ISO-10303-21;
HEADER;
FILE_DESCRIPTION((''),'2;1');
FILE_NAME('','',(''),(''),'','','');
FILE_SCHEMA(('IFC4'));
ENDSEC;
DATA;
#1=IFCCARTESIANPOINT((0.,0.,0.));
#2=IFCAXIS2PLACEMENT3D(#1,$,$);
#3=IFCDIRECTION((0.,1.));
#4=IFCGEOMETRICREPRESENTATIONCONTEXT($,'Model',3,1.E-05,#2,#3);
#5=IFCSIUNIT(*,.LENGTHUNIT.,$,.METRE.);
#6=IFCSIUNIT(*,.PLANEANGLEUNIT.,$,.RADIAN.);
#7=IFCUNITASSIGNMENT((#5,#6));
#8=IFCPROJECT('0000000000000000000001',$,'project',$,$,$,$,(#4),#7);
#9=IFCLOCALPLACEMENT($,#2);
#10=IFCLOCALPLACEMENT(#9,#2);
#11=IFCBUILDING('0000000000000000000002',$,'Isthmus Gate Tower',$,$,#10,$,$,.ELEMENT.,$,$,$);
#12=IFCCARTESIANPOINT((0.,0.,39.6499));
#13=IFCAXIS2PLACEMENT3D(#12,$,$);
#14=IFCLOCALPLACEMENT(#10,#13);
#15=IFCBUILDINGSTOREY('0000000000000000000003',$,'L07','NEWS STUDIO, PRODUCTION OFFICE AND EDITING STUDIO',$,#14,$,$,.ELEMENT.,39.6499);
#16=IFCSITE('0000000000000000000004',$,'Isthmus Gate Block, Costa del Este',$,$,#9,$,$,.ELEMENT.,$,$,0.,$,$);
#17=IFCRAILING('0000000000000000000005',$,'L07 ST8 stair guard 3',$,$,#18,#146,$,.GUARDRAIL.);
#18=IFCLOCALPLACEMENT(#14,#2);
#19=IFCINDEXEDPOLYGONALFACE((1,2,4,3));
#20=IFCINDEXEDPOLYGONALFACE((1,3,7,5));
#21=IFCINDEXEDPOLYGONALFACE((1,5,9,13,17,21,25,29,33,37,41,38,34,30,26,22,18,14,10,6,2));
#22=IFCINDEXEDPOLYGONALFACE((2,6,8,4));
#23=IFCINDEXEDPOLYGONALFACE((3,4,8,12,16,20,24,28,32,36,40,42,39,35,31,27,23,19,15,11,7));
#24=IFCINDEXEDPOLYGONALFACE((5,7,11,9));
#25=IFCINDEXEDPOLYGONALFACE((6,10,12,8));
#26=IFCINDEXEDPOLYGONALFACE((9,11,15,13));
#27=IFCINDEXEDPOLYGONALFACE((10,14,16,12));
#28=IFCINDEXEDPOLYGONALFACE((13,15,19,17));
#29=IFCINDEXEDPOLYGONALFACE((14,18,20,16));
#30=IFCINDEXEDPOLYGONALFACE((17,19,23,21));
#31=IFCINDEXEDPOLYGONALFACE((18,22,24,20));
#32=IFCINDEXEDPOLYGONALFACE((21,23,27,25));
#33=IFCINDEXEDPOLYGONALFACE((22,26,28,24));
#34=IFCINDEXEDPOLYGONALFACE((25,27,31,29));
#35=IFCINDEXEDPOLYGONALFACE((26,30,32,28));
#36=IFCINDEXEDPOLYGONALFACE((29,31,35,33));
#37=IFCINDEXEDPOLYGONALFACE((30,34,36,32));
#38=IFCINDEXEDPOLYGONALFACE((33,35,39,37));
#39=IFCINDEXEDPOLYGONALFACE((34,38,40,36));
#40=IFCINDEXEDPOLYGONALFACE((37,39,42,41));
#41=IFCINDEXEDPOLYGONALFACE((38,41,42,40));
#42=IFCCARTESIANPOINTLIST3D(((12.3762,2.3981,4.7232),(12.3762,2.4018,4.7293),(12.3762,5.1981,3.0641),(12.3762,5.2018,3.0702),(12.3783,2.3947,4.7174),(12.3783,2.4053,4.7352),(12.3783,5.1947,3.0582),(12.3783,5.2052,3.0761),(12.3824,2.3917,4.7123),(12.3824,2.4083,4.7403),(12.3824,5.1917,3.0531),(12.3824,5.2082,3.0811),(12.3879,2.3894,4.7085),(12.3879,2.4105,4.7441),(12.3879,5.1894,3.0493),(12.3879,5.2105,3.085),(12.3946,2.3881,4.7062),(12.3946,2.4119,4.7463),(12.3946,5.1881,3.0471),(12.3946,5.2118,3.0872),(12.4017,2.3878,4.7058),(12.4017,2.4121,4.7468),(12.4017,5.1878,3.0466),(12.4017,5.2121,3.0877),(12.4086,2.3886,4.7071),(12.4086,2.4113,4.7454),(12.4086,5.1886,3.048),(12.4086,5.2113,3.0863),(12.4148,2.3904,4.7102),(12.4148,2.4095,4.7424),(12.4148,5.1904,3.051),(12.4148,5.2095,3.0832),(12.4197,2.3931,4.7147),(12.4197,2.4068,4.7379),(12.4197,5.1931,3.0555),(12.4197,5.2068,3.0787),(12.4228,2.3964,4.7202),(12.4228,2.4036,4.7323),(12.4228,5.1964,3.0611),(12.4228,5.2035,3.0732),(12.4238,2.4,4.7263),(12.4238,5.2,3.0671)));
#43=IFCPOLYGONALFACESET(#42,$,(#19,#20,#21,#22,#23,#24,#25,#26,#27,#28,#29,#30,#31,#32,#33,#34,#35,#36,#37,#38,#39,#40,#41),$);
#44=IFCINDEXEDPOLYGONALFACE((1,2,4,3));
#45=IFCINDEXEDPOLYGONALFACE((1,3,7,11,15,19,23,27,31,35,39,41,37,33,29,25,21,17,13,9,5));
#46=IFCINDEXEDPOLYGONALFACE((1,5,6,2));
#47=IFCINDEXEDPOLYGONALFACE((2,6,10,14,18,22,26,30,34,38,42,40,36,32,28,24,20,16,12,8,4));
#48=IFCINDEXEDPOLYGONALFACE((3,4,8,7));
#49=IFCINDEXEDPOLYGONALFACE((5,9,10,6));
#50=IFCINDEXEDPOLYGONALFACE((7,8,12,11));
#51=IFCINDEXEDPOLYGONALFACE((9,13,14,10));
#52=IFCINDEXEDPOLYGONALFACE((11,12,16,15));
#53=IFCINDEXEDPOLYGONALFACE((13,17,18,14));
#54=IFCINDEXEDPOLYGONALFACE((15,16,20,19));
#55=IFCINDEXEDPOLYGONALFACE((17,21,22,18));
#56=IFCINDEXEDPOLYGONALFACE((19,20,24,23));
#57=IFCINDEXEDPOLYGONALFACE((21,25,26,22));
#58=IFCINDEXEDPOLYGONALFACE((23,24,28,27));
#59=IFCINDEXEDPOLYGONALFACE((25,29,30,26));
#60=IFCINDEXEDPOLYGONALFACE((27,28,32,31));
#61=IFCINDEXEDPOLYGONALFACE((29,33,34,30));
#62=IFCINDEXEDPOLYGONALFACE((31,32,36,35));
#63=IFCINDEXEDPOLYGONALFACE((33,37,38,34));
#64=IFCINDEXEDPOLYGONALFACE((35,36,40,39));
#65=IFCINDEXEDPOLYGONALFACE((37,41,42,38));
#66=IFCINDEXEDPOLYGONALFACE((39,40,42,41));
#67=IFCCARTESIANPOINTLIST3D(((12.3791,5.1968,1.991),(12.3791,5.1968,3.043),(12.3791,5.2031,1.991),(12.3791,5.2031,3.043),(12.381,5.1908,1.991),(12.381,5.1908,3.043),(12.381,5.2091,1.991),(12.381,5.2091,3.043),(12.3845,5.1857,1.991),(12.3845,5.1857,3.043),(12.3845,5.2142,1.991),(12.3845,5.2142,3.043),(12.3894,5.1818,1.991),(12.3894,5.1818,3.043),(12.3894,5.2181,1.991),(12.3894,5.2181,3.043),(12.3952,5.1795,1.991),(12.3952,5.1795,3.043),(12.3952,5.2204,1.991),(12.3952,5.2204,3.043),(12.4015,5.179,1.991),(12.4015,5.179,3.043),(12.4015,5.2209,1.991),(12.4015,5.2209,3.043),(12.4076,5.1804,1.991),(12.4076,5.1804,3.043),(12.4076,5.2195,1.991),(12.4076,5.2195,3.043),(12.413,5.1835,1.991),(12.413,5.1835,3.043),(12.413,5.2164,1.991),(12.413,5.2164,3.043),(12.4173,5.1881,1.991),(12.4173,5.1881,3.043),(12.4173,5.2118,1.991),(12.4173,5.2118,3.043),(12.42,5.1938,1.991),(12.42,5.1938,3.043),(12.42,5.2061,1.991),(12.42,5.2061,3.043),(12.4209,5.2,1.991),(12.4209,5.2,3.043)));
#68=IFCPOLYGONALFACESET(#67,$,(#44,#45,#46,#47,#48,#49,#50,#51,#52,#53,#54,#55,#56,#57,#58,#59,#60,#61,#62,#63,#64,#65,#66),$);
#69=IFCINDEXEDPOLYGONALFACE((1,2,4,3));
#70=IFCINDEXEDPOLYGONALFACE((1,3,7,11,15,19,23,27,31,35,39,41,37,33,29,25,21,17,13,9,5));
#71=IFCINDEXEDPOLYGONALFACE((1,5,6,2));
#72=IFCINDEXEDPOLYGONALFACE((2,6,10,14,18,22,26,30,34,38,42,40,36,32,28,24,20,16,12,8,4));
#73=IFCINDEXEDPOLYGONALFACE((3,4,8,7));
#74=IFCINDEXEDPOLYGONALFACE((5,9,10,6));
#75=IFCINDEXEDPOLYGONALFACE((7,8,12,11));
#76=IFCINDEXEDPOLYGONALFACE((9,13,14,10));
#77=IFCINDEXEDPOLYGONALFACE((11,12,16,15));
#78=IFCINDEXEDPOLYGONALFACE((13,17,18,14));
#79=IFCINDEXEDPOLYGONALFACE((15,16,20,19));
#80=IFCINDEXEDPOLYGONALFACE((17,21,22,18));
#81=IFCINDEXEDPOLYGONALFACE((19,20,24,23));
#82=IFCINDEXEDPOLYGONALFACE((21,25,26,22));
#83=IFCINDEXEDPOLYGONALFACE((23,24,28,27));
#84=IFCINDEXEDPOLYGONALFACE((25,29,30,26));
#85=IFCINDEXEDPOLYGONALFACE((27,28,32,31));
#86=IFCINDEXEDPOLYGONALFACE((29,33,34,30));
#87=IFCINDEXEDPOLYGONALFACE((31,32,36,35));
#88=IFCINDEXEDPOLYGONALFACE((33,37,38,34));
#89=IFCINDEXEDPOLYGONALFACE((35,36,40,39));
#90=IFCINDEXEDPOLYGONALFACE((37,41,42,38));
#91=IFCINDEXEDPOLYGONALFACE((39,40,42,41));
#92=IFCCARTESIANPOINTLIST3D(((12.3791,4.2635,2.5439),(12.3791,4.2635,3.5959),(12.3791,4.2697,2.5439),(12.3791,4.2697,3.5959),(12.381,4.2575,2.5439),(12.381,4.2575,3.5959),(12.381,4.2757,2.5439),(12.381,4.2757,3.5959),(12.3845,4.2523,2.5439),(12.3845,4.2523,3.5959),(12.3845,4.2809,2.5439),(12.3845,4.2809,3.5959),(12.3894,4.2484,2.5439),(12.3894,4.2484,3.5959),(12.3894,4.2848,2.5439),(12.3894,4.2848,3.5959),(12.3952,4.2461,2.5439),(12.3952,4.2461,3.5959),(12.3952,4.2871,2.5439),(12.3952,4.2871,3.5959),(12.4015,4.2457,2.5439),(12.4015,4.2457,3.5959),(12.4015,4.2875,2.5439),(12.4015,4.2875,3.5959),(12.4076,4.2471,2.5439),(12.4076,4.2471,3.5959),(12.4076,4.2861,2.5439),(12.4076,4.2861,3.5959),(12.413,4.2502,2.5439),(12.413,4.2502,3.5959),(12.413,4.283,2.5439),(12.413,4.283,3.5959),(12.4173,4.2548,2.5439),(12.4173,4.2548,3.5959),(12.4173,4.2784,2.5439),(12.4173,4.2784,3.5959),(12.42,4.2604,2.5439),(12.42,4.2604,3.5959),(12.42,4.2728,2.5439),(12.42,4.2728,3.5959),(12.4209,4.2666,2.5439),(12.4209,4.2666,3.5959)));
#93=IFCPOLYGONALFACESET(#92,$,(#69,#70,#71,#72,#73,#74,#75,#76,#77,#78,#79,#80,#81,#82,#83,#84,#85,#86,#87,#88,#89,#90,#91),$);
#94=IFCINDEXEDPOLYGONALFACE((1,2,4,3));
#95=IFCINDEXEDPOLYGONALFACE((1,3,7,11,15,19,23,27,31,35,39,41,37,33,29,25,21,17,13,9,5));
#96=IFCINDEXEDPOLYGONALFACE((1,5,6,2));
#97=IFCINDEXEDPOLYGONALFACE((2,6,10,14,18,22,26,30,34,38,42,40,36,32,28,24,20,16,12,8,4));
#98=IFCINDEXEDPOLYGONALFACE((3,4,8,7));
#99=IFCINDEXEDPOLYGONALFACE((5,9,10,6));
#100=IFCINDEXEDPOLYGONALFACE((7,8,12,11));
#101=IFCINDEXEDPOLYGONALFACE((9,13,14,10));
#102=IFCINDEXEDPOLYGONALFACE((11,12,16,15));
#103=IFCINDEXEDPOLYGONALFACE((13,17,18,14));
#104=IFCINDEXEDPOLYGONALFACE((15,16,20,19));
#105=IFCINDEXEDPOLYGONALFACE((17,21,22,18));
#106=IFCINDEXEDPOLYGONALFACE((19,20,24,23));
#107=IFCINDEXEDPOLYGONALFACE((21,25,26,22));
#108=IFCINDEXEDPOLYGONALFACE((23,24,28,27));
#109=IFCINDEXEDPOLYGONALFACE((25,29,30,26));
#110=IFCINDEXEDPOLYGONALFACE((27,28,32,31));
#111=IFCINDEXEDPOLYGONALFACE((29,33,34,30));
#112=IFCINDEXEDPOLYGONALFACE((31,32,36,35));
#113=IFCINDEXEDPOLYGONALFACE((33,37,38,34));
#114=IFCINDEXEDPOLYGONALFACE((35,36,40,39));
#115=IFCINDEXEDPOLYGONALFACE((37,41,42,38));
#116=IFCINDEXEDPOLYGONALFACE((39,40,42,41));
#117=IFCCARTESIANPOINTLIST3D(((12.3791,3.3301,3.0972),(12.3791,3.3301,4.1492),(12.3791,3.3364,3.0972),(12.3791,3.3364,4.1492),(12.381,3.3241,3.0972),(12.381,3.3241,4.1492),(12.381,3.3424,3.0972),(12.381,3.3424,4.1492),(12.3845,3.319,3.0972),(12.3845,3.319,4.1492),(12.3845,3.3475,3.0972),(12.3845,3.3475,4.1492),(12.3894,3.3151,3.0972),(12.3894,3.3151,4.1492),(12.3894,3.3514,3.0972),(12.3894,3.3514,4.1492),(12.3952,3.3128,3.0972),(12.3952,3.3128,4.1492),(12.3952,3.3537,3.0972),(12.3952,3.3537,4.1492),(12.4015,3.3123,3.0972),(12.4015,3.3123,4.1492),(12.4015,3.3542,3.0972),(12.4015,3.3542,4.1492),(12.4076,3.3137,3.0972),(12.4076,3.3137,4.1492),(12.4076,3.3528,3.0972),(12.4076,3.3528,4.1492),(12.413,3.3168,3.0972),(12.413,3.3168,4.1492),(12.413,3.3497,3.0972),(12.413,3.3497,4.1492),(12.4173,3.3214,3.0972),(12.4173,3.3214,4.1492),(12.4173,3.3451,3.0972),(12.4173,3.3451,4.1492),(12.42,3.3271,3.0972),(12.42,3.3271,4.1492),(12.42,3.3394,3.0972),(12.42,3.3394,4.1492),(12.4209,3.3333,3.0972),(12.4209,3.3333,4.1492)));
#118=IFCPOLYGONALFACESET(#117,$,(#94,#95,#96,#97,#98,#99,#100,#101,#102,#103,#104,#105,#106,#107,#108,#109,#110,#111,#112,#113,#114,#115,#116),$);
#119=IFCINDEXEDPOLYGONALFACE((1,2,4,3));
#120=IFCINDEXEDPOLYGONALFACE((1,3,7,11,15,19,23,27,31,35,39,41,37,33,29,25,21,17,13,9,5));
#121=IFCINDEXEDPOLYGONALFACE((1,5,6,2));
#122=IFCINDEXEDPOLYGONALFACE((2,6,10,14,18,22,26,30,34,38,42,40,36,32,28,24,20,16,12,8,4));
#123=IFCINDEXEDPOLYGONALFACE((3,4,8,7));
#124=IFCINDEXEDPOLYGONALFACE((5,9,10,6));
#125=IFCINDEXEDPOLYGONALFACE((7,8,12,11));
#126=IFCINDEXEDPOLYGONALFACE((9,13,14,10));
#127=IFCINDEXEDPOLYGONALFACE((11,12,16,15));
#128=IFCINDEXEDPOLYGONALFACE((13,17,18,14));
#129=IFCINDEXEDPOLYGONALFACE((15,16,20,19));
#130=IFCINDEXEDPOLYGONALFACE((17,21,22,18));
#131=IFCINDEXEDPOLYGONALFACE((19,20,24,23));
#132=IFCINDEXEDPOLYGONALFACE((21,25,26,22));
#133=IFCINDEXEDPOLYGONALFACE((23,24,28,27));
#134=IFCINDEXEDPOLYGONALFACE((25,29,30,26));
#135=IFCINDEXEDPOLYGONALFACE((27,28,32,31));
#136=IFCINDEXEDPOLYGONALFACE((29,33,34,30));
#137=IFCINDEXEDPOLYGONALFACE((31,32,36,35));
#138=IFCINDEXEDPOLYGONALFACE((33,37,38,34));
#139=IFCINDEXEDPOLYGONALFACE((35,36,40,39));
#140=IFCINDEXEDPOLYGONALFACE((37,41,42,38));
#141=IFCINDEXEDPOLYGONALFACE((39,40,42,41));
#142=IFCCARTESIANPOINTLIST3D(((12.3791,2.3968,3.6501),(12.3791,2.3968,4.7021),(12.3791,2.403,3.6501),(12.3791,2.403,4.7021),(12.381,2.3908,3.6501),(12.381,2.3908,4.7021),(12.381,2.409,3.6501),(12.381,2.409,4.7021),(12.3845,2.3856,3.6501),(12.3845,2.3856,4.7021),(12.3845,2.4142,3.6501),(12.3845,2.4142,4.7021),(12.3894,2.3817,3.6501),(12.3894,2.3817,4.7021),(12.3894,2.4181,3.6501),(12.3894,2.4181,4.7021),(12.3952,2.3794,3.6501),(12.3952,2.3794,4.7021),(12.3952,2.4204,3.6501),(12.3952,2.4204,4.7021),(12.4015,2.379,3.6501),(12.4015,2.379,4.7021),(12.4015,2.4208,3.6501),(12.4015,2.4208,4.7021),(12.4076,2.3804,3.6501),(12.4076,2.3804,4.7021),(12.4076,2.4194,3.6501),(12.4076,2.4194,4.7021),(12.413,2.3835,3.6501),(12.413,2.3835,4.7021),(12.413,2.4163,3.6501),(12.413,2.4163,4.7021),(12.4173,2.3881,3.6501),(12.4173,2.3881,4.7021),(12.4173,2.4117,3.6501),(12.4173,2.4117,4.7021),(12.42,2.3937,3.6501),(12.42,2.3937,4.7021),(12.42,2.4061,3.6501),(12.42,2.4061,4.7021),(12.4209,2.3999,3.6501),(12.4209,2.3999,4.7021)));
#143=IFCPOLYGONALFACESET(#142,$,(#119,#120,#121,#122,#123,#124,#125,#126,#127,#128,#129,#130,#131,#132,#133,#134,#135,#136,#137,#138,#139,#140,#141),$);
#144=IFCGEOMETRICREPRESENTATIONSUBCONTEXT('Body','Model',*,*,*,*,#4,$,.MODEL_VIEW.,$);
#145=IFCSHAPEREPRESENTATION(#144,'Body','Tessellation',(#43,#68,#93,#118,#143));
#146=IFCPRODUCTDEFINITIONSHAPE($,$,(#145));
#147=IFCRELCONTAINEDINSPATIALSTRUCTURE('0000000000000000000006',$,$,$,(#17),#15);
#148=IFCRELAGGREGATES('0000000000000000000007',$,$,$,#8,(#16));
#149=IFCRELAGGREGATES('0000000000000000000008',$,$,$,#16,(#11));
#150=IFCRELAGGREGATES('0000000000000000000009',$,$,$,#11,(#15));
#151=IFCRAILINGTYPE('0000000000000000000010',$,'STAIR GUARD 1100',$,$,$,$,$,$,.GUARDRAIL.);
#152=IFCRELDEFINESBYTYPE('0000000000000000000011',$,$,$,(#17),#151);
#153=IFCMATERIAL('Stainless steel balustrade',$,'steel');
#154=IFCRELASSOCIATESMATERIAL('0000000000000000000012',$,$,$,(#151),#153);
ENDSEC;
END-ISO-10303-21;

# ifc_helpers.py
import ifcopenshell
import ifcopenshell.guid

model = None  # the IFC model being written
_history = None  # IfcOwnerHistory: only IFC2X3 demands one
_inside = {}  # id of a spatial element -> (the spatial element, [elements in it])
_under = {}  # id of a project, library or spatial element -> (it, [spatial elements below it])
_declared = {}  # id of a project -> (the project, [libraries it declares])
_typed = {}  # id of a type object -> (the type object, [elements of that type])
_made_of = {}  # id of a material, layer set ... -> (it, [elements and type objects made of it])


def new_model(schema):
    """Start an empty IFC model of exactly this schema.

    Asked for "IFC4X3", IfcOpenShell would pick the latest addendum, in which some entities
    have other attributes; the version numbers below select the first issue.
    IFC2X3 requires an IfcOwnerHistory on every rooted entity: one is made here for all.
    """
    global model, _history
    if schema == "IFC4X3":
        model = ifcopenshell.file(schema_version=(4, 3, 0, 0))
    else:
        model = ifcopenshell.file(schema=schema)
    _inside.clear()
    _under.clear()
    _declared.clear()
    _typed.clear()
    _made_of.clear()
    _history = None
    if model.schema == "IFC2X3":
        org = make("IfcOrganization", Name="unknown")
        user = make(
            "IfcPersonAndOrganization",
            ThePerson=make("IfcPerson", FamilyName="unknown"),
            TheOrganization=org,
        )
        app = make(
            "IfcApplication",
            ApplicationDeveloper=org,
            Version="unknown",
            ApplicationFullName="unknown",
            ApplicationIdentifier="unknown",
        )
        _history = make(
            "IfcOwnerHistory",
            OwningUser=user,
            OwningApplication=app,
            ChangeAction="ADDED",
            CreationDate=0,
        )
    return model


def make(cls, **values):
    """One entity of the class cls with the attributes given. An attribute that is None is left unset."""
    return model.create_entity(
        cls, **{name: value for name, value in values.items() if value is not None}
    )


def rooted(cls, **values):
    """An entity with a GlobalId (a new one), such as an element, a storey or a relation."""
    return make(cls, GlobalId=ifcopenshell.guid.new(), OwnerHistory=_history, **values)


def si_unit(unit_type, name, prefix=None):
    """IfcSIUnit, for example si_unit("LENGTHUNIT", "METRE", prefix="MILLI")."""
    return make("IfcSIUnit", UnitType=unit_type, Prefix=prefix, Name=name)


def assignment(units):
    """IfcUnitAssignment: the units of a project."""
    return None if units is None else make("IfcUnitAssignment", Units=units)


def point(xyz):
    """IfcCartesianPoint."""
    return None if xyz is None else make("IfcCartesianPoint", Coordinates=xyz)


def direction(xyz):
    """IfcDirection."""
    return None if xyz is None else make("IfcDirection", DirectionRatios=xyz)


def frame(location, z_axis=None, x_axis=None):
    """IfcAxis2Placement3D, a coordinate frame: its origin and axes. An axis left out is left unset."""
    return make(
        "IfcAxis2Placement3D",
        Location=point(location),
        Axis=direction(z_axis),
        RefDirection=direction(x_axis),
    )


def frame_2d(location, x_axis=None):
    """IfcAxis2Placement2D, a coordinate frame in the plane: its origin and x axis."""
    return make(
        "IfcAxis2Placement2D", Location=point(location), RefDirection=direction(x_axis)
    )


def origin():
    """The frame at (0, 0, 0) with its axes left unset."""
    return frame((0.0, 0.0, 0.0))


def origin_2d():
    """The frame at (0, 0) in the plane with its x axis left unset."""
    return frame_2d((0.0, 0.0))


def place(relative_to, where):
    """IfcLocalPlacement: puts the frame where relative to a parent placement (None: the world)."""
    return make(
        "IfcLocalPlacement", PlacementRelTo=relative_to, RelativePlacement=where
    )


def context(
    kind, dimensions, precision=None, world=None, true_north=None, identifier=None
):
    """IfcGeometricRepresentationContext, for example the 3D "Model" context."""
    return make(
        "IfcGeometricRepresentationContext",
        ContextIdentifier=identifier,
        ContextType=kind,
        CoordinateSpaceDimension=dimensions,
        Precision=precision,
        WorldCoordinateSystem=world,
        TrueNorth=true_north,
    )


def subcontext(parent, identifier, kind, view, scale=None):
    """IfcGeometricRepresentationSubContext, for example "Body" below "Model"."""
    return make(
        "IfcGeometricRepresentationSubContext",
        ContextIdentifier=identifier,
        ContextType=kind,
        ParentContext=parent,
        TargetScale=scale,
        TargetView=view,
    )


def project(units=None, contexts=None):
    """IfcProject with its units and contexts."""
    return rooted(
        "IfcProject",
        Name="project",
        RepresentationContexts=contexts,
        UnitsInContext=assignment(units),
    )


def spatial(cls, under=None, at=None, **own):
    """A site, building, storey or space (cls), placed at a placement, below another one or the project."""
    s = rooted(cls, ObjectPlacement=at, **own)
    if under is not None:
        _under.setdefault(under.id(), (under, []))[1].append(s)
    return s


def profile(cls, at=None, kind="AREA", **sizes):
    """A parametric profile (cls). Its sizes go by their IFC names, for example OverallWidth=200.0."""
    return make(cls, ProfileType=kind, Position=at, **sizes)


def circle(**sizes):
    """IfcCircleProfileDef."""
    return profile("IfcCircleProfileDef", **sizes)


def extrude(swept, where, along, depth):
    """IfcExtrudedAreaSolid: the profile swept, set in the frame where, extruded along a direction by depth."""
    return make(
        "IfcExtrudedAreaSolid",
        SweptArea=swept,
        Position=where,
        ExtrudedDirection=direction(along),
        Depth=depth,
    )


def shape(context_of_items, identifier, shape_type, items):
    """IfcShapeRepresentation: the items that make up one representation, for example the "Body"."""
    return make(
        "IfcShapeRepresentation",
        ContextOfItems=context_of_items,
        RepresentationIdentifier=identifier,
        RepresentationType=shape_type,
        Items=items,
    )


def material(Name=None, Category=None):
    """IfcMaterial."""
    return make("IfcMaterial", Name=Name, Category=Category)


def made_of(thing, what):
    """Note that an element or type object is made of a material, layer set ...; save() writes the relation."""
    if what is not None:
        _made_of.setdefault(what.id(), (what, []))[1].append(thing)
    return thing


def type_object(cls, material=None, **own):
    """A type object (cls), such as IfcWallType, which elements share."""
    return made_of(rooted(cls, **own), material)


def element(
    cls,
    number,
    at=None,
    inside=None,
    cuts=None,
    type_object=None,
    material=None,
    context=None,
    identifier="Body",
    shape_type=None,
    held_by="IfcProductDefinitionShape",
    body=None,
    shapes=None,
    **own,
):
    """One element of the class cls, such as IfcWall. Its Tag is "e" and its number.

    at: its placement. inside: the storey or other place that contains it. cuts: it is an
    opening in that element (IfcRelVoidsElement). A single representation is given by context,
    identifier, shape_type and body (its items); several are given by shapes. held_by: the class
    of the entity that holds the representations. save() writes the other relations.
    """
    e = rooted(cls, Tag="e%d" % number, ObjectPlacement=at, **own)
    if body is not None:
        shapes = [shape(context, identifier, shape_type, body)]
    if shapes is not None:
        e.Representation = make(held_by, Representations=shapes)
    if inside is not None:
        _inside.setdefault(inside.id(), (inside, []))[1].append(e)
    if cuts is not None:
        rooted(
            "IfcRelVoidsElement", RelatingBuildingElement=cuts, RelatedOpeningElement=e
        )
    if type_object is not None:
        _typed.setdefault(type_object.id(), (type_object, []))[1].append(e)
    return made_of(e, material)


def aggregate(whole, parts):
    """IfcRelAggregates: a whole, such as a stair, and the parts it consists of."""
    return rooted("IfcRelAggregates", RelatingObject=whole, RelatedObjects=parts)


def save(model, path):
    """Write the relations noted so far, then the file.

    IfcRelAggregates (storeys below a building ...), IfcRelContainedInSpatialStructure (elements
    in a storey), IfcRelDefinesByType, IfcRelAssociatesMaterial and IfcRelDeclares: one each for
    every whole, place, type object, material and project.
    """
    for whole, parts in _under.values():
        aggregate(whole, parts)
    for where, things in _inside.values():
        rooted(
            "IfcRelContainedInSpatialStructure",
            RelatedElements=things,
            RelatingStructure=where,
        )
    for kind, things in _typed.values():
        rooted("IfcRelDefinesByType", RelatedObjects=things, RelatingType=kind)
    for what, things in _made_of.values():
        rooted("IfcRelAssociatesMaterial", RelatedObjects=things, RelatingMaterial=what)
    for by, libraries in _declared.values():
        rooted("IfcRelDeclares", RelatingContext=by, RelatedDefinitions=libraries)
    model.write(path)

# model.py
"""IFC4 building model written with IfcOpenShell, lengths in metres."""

from ifc_helpers import new_model, si_unit, direction, frame, origin, origin_2d, place, context, subcontext, project, spatial, circle, extrude, material, type_object, element, save


model = new_model("IFC4")

# Units and contexts
model_context = context("Model", 3, precision=1e-05, world=origin(), true_north=direction((0.0, 1.0)))
body_context = subcontext(model_context, "Body", "Model", "MODEL_VIEW")
ifc_project = project(units=[si_unit("LENGTHUNIT", "METRE"), si_unit("PLANEANGLEUNIT", "RADIAN")], contexts=[model_context])

# Site, building, storey
site_placement = place(None, origin())
site = spatial("IfcSite", under=ifc_project, at=site_placement, Name="Isthmus Gate Block, Costa del Este", CompositionType="ELEMENT", RefElevation=0.0)
building_placement = place(site_placement, origin())
building = spatial("IfcBuilding", under=site, at=building_placement, Name="Isthmus Gate Tower", CompositionType="ELEMENT")
storey_placement = place(building_placement, frame((0.0, 0.0, 39.6499)))
storey = spatial("IfcBuildingStorey", under=building, at=storey_placement, Name="L07", Description="NEWS STUDIO, PRODUCTION OFFICE AND EDITING STUDIO", CompositionType="ELEMENT", Elevation=39.6499)

# Railing
ifc_material_1 = material(Name="Stainless steel balustrade", Category="steel")
railing_type_1 = type_object("IfcRailingType", Name="STAIR GUARD 1100", PredefinedType="GUARDRAIL", material=ifc_material_1)
railing_1_placement = place(storey_placement, frame((12.3999, 5.2, 1.991)))
element("IfcRailing", 1, at=railing_1_placement, inside=storey, type_object=railing_type_1, Name="L07 ST8 stair guard 3", PredefinedType="GUARDRAIL", context=body_context, shape_type="SweptSolid", body=[
    extrude(circle(Radius=0.0239, at=origin_2d()), frame((0.0, 0.0, 1.0762), z_axis=(0.0, -0.860306, 0.509778), x_axis=(1.0, 0.0, 0.0)), (0.0, 0.0, 1.0), 3.2546),
    extrude(circle(Radius=0.021, at=origin_2d()), origin(), (0.0, 0.0, 1.0), 1.052),
    extrude(circle(Radius=0.021, at=origin_2d()), frame((0.0, -0.9333, 0.553)), (0.0, 0.0, 1.0), 1.052),
    extrude(circle(Radius=0.021, at=origin_2d()), frame((0.0, -1.8667, 1.1062)), (0.0, 0.0, 1.0), 1.052),
    extrude(circle(Radius=0.021, at=origin_2d()), frame((0.0, -2.8, 1.6592)), (0.0, 0.0, 1.0), 1.052),
])

save(model, "model.ifc")
